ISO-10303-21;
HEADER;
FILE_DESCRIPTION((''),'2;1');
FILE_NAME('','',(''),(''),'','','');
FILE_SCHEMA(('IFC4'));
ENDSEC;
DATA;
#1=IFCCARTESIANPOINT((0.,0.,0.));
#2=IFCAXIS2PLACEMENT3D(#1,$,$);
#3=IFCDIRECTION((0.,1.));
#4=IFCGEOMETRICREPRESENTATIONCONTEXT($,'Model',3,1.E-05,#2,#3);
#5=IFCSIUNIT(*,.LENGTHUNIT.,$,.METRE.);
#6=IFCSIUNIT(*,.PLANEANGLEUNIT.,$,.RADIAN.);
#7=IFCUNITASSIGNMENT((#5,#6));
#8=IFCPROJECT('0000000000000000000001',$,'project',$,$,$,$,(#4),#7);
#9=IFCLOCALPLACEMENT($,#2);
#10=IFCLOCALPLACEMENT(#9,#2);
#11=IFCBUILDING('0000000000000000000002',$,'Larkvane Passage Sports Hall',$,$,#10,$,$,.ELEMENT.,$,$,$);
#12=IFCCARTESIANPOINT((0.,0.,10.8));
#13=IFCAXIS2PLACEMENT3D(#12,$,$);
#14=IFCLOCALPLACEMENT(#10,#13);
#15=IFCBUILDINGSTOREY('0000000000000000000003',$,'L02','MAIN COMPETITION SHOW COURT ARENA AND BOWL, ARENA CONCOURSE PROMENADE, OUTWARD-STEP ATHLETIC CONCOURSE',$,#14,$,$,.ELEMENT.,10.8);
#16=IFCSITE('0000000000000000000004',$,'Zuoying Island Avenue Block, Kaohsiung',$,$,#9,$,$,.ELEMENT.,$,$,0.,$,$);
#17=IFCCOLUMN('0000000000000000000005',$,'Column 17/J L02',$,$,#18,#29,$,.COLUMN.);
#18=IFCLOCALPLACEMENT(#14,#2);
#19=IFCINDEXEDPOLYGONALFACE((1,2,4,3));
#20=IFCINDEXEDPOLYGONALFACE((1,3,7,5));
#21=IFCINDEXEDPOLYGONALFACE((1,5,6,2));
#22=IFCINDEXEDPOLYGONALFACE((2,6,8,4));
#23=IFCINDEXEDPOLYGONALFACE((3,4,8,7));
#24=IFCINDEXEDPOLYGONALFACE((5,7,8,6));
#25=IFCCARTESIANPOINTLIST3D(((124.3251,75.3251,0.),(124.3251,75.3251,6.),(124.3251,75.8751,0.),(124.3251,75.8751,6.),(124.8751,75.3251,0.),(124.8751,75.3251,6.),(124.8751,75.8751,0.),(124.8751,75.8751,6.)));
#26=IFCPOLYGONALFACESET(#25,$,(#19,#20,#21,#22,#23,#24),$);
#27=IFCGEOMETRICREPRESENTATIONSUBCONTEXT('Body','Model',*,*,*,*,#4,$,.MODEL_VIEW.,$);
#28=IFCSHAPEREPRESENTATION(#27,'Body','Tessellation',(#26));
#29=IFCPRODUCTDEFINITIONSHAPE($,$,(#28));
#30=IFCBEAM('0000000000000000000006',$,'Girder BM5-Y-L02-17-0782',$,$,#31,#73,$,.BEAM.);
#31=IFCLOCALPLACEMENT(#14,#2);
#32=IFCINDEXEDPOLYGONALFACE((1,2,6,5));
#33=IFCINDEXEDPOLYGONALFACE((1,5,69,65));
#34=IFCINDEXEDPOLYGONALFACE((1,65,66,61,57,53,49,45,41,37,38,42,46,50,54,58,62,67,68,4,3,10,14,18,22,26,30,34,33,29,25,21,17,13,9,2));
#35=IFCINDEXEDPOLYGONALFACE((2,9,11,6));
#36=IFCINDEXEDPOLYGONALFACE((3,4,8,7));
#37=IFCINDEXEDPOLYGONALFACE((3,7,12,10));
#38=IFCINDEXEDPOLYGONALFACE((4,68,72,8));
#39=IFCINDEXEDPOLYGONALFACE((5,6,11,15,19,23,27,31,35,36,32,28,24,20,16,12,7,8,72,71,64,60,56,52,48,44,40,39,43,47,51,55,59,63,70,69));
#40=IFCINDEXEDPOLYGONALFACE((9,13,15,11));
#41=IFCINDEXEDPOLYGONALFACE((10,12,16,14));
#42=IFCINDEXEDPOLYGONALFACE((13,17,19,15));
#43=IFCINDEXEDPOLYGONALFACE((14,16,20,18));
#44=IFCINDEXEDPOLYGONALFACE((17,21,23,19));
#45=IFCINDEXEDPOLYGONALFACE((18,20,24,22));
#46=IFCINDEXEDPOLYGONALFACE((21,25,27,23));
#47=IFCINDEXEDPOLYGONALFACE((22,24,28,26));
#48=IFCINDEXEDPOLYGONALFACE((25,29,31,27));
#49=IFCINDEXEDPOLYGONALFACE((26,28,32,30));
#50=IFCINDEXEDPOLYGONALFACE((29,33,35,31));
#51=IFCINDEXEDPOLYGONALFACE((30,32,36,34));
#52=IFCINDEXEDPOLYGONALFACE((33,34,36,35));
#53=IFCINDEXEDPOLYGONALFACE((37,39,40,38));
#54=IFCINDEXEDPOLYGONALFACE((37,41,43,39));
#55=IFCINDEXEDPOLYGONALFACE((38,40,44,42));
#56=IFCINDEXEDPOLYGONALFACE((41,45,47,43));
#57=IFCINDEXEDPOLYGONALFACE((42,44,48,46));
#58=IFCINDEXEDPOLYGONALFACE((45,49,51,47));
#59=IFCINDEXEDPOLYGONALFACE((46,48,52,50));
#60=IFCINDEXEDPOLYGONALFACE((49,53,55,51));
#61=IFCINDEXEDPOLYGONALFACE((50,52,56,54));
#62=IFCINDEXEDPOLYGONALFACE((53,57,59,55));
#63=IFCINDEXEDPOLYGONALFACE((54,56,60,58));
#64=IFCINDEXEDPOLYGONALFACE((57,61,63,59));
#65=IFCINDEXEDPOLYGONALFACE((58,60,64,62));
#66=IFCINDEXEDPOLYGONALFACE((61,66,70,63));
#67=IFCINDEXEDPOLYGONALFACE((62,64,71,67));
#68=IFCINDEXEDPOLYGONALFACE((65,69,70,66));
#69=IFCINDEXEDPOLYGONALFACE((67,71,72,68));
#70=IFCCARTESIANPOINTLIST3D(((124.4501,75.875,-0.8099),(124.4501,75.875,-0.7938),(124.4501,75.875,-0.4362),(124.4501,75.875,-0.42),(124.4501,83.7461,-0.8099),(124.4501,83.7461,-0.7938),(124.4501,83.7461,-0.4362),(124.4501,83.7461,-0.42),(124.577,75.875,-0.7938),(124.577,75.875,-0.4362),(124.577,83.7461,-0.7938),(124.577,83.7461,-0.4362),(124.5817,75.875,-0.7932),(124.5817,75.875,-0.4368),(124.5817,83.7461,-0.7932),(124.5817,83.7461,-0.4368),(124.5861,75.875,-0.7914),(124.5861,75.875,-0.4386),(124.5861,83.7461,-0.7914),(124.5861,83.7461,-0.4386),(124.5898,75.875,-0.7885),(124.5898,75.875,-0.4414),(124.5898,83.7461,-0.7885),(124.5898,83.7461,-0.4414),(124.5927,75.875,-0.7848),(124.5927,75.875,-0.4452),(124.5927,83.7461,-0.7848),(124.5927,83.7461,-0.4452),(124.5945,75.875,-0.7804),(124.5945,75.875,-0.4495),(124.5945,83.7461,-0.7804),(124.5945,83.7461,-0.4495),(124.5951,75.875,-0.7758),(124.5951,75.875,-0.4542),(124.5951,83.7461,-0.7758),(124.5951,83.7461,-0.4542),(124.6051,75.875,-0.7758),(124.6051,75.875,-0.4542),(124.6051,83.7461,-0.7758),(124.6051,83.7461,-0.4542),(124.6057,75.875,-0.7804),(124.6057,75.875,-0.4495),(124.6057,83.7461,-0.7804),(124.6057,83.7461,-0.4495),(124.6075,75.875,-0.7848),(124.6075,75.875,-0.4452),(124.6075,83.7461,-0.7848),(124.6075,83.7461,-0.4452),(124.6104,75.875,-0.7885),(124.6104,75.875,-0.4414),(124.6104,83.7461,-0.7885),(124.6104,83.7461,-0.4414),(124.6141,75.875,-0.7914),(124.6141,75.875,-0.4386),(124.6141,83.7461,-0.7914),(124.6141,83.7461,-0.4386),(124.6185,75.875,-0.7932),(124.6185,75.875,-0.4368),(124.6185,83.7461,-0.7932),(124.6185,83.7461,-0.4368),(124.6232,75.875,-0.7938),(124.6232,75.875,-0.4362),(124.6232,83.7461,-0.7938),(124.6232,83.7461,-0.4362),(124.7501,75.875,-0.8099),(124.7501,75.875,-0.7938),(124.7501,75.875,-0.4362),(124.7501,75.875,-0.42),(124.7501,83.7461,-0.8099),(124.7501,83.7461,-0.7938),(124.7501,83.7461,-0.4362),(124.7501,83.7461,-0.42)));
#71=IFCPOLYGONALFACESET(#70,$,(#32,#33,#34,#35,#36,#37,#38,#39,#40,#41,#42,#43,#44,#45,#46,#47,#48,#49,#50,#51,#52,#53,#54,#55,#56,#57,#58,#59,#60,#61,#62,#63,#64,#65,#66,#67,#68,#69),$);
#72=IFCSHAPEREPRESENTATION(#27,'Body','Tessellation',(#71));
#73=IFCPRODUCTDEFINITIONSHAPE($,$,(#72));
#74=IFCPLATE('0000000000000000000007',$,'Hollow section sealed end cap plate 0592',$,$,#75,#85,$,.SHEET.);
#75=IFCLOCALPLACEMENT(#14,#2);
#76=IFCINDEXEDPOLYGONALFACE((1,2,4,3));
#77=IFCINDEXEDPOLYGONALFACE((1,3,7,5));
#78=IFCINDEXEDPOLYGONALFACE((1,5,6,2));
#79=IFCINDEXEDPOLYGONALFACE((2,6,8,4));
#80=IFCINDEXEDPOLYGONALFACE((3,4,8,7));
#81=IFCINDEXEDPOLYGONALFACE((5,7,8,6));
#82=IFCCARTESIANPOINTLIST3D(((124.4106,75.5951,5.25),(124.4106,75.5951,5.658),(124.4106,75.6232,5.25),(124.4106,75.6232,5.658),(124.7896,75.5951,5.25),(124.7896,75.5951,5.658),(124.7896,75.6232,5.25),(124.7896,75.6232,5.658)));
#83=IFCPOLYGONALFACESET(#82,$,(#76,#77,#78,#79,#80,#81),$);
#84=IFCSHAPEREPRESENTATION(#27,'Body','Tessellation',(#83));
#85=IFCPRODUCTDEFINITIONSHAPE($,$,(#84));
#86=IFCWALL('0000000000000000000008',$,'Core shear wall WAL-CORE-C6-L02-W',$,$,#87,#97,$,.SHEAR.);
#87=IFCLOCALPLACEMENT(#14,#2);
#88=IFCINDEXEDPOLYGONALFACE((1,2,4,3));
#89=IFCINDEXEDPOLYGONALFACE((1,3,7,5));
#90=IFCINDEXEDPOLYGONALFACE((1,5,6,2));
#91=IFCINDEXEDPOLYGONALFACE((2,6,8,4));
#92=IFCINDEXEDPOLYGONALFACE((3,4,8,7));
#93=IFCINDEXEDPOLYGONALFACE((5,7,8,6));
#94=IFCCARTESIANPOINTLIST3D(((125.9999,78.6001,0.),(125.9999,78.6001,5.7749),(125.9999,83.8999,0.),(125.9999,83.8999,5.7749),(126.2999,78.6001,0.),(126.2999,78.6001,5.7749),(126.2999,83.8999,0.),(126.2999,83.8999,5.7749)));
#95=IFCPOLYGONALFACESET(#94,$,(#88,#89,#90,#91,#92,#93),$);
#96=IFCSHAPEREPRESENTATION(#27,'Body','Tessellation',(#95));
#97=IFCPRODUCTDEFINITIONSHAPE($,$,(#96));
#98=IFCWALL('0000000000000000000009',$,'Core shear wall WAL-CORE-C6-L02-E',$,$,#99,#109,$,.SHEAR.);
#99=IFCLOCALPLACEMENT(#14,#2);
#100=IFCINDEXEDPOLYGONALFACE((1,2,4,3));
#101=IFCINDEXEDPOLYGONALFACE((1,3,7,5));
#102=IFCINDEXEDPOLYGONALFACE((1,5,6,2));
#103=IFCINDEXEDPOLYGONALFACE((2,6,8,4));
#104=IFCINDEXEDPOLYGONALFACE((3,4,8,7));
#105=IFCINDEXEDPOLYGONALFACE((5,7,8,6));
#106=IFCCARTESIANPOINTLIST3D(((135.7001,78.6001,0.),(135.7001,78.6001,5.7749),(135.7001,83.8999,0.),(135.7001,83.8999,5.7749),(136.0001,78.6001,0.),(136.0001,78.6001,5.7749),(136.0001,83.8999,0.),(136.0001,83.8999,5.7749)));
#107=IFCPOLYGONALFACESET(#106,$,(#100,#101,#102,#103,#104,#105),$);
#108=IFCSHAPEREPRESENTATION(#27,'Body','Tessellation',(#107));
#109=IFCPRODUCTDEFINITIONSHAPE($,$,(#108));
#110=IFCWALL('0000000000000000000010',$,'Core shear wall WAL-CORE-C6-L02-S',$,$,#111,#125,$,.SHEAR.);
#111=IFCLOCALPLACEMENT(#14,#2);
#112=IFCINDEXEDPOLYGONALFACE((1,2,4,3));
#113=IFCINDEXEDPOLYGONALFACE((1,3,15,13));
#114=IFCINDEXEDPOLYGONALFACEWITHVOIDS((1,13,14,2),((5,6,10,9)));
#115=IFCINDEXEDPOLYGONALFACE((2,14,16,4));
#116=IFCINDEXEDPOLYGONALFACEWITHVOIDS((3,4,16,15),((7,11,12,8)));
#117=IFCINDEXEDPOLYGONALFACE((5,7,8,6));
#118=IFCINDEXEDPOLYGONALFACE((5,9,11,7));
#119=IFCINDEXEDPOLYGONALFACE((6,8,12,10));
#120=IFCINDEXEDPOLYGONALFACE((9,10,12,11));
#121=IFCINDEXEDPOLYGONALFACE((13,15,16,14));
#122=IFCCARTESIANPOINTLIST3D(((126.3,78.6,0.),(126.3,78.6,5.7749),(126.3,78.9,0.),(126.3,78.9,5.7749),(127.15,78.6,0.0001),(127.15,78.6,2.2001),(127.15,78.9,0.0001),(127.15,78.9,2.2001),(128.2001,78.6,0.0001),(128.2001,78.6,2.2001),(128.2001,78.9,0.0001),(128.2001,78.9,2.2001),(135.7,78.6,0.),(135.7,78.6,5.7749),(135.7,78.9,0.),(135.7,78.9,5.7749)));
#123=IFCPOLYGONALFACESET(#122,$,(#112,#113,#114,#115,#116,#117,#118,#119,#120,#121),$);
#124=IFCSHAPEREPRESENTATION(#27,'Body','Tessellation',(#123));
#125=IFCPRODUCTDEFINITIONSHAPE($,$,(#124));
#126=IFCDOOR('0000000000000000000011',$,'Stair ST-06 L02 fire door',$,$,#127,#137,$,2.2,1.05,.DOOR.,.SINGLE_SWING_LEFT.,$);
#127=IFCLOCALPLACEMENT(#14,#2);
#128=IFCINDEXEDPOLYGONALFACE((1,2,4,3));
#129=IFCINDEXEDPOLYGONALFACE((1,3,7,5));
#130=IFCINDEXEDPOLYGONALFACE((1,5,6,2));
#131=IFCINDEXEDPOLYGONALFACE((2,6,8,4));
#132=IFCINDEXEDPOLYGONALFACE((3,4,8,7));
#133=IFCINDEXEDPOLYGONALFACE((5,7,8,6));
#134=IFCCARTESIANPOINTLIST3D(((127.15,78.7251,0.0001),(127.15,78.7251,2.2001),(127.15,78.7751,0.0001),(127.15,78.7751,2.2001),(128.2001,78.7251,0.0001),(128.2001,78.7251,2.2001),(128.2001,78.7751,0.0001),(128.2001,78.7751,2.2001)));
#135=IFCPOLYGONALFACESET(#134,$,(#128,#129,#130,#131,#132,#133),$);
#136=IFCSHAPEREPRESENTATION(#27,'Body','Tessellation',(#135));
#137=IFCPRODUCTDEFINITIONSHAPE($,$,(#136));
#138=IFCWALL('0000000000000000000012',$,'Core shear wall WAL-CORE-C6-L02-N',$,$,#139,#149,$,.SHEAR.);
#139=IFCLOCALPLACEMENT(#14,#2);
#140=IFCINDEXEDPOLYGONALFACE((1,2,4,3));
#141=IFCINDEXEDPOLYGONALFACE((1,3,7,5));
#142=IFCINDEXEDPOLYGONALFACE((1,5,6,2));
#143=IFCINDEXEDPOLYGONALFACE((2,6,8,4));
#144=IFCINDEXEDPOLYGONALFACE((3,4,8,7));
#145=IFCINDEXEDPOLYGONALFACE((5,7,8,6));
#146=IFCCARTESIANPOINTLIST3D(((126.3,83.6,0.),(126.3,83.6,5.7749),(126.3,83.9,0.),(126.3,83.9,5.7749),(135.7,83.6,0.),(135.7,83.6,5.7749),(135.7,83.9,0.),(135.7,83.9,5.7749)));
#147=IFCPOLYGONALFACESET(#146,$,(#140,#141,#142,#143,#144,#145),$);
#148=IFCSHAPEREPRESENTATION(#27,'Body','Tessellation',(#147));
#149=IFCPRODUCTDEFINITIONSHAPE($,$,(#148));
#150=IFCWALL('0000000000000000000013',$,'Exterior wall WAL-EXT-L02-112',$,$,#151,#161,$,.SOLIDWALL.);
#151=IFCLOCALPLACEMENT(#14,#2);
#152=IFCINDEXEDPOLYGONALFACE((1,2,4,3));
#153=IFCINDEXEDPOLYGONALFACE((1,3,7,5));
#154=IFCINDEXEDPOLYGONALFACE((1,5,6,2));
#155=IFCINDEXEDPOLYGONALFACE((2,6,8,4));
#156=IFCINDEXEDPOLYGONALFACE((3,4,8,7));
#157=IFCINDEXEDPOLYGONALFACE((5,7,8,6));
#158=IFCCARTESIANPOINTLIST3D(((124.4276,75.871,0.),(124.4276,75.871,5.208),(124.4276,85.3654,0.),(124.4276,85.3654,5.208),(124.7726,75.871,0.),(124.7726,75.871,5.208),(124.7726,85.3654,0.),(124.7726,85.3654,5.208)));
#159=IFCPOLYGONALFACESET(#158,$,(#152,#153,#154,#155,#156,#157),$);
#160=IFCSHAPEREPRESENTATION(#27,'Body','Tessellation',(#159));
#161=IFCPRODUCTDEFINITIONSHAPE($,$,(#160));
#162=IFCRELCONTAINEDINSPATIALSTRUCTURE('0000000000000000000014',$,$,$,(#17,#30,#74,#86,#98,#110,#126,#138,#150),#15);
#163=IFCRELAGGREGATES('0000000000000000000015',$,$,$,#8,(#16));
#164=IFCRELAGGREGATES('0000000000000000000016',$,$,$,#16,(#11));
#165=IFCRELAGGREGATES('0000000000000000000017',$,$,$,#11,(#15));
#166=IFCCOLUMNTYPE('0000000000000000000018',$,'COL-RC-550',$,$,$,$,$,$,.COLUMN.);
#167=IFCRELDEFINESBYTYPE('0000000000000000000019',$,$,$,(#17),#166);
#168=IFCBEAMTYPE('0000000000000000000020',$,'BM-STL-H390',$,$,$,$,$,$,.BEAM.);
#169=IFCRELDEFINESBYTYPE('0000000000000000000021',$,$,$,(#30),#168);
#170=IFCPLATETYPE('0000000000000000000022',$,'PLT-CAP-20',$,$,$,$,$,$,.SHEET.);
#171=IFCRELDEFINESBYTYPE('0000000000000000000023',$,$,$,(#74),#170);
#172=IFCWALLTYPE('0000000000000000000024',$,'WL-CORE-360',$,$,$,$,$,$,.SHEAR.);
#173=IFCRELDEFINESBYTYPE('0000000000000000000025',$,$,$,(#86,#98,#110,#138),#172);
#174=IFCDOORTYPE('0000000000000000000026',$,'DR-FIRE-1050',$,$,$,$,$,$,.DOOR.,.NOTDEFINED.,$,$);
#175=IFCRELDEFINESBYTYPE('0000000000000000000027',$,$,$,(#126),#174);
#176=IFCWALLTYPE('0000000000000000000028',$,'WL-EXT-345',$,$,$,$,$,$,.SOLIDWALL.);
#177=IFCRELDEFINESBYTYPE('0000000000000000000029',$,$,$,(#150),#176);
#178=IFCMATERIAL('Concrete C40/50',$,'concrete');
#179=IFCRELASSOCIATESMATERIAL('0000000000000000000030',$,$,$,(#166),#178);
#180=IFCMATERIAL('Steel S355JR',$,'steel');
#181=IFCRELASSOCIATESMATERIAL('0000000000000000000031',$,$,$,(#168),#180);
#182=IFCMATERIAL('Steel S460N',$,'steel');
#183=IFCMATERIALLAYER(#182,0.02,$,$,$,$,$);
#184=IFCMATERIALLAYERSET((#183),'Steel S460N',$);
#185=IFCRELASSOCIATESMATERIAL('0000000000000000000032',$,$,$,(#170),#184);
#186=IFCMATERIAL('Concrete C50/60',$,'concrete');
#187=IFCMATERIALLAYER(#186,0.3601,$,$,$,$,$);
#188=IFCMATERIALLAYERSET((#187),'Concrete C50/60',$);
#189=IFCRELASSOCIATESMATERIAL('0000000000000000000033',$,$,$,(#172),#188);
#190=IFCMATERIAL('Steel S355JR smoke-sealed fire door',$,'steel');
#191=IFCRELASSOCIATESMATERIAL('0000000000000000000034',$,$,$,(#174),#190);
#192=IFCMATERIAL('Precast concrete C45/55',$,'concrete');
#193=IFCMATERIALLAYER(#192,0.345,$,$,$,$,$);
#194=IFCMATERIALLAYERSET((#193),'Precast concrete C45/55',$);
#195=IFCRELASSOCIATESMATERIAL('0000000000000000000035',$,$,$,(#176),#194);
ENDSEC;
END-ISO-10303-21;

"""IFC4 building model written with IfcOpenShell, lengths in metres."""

from ifc_helpers import new_model, si_unit, direction, frame, frame_2d, origin, origin_2d, place, context, subcontext, project, spatial, rectangle, i_section, extrude, material, layer, layer_set, material_profile, profile_set, type_object, element, fill, save


model = new_model("IFC4")

# Units and contexts
model_context = context("Model", 3, precision=1e-05, world=origin(), true_north=direction((0.0, 1.0)))
body_context = subcontext(model_context, "Body", "Model", "MODEL_VIEW")
ifc_project = project(units=[si_unit("LENGTHUNIT", "METRE"), si_unit("PLANEANGLEUNIT", "RADIAN")], contexts=[model_context])

# Site, building, storey
site_placement = place(None, origin())
site = spatial("IfcSite", under=ifc_project, at=site_placement, Name="Zuoying Island Avenue Block, Kaohsiung", CompositionType="ELEMENT", RefElevation=0.0)
building_placement = place(site_placement, origin())
building = spatial("IfcBuilding", under=site, at=building_placement, Name="Larkvane Passage Sports Hall", CompositionType="ELEMENT")
storey_placement = place(building_placement, frame((0.0, 0.0, 10.8)))
storey = spatial("IfcBuildingStorey", under=building, at=storey_placement, Name="L02", Description="MAIN COMPETITION SHOW COURT ARENA AND BOWL, ARENA CONCOURSE PROMENADE, OUTWARD-STEP ATHLETIC CONCOURSE", CompositionType="ELEMENT", Elevation=10.8)

# Column
ifc_material_1 = material(Name="Concrete C40/50", Category="concrete")
ifc_material_profile_1 = material_profile(ifc_material_1, rectangle(XDim=0.55, YDim=0.55, at=origin_2d()), Name="RC-COL-550x550")
ifc_profile_set_1 = profile_set([ifc_material_profile_1], Name="Concrete C40/50")
column_type = type_object("IfcColumnType", Name="COL-RC-550", PredefinedType="COLUMN", material=ifc_profile_set_1)
column_placement = place(storey_placement, frame((124.6001, 75.6001, 0.0), z_axis=(0.0, 0.0, 1.0), x_axis=(1.0, 0.0, 0.0)))
element("IfcColumn", 1, at=column_placement, inside=storey, type_object=column_type, Name="Column 17/J L02", PredefinedType="COLUMN", context=body_context, shape_type="SweptSolid", body=[
    extrude(rectangle(XDim=0.55, YDim=0.55, at=origin_2d()), origin(), (0.0, 0.0, 1.0), 6.0),
])

# Beam
ifc_material_2 = material(Name="Steel S355JR", Category="steel")
ifc_material_profile_2 = material_profile(ifc_material_2, i_section(OverallWidth=0.3, OverallDepth=0.3899, WebThickness=0.01, FlangeThickness=0.0161, FilletRadius=0.0181, at=origin_2d()), Name="H-390x300x10x16")
ifc_profile_set_2 = profile_set([ifc_material_profile_2], Name="Steel S355JR")
beam_type = type_object("IfcBeamType", Name="BM-STL-H390", PredefinedType="BEAM", material=ifc_profile_set_2)
beam_placement = place(storey_placement, frame((124.6001, 75.875, -0.615), z_axis=(0.0, 1.0, 0.0), x_axis=(-1.0, 0.0, 0.0)))
element("IfcBeam", 2, at=beam_placement, inside=storey, type_object=beam_type, Name="Girder BM5-Y-L02-17-0782", PredefinedType="BEAM", context=body_context, shape_type="SweptSolid", body=[
    extrude(i_section(OverallWidth=0.3, OverallDepth=0.3899, WebThickness=0.01, FlangeThickness=0.0161, FilletRadius=0.0181, at=origin_2d()), origin(), (0.0, 0.0, 1.0), 7.8711),
])

# Plate
ifc_material_3 = material(Name="Steel S460N", Category="steel")
ifc_layer_1 = layer(ifc_material_3, 0.02)
ifc_layer_set_1 = layer_set([ifc_layer_1], Name="Steel S460N")
plate_type = type_object("IfcPlateType", Name="PLT-CAP-20", PredefinedType="SHEET", material=ifc_layer_set_1)
plate_placement = place(storey_placement, frame((124.6001, 75.6091, 5.25), z_axis=(0.0, 0.0, 1.0), x_axis=(-1.0, 0.0, 0.0)))
element("IfcPlate", 3, at=plate_placement, inside=storey, type_object=plate_type, Name="Hollow section sealed end cap plate 0592", PredefinedType="SHEET", context=body_context, shape_type="SweptSolid", body=[
    extrude(rectangle(XDim=0.3789, YDim=0.0281, at=origin_2d()), origin(), (0.0, 0.0, 1.0), 0.408),
])

# Walls
ifc_material_4 = material(Name="Concrete C50/60", Category="concrete")
ifc_layer_2 = layer(ifc_material_4, 0.3601)
ifc_layer_set_2 = layer_set([ifc_layer_2], Name="Concrete C50/60")
wall_type_1 = type_object("IfcWallType", Name="WL-CORE-360", PredefinedType="SHEAR", material=ifc_layer_set_2)
for number, where, z_axis, x_axis, name in (
    (4, (126.1499, 78.6001, 0.0), (0.0, 0.0, 1.0), (0.0, 1.0, 0.0), "Core shear wall WAL-CORE-C6-L02-W"),
    (5, (135.8501, 83.8999, 0.0), (0.0, 0.0, 1.0), (0.0, -1.0, 0.0), "Core shear wall WAL-CORE-C6-L02-E"),
):
    element("IfcWall", number, at=place(storey_placement, frame(where, z_axis=z_axis, x_axis=x_axis)), inside=storey, type_object=wall_type_1, Name=name, PredefinedType="SHEAR", context=body_context, shape_type="SweptSolid", body=[
        extrude(rectangle(XDim=5.2998, YDim=0.3, at=frame_2d((2.6499, 0.0))), origin(), (0.0, 0.0, 1.0), 5.7749),
    ])

# Wall, opening, door
wall_1_placement = place(storey_placement, frame((135.7, 78.75, 0.0), z_axis=(0.0, 0.0, 1.0), x_axis=(-1.0, 0.0, 0.0)))
wall_1 = element("IfcWall", 6, at=wall_1_placement, inside=storey, type_object=wall_type_1, Name="Core shear wall WAL-CORE-C6-L02-S", PredefinedType="SHEAR", context=body_context, shape_type="SweptSolid", body=[
    extrude(rectangle(XDim=9.3999, YDim=0.3, at=frame_2d((4.7, 0.0))), origin(), (0.0, 0.0, 1.0), 5.7749),
])
opening_1_placement = place(wall_1_placement, frame((7.5, 0.0, 0.0)))
opening_1 = element("IfcOpeningElement", 7, at=opening_1_placement, cuts=wall_1, PredefinedType="OPENING", context=body_context, shape_type="SweptSolid", body=[
    extrude(rectangle(XDim=1.05, YDim=2.2, at=frame_2d((0.5249, 1.1001))), frame((0.0, 0.1599, 0.0), z_axis=(0.0, -1.0, 0.0), x_axis=(1.0, 0.0, 0.0)), (0.0, 0.0, 1.0), 0.3201),
])
ifc_material_5 = material(Name="Steel S355JR smoke-sealed fire door", Category="steel")
door_type_1 = type_object("IfcDoorType", Name="DR-FIRE-1050", OperationType="NOTDEFINED", PredefinedType="DOOR", material=ifc_material_5)
door_1_placement = place(opening_1_placement, origin())
door_1 = element("IfcDoor", 8, at=door_1_placement, inside=storey, type_object=door_type_1, Name="Stair ST-06 L02 fire door", OperationType="SINGLE_SWING_LEFT", OverallHeight=2.2, OverallWidth=1.05, PredefinedType="DOOR", context=body_context, shape_type="SweptSolid", body=[
    extrude(rectangle(XDim=1.05, YDim=2.2, at=frame_2d((0.5249, 1.1001))), frame((0.0, 0.0249, 0.0), z_axis=(0.0, -1.0, 0.0), x_axis=(1.0, 0.0, 0.0)), (0.0, 0.0, 1.0), 0.05),
])
fill(opening_1, door_1)

# Walls
wall_2_placement = place(storey_placement, frame((126.3, 83.75, 0.0), z_axis=(0.0, 0.0, 1.0), x_axis=(1.0, 0.0, 0.0)))
element("IfcWall", 9, at=wall_2_placement, inside=storey, type_object=wall_type_1, Name="Core shear wall WAL-CORE-C6-L02-N", PredefinedType="SHEAR", context=body_context, shape_type="SweptSolid", body=[
    extrude(rectangle(XDim=9.3999, YDim=0.3, at=frame_2d((4.7, 0.0))), origin(), (0.0, 0.0, 1.0), 5.7749),
])
ifc_material_6 = material(Name="Precast concrete C45/55", Category="concrete")
ifc_layer_3 = layer(ifc_material_6, 0.345)
ifc_layer_set_3 = layer_set([ifc_layer_3], Name="Precast concrete C45/55")
wall_type_2 = type_object("IfcWallType", Name="WL-EXT-345", PredefinedType="SOLIDWALL", material=ifc_layer_set_3)
wall_3_placement = place(storey_placement, frame((124.6001, 75.8711, 0.0), z_axis=(0.0, 0.0, 1.0), x_axis=(0.0, 1.0, 0.0)))
element("IfcWall", 10, at=wall_3_placement, inside=storey, type_object=wall_type_2, Name="Exterior wall WAL-EXT-L02-112", PredefinedType="SOLIDWALL", context=body_context, shape_type="SweptSolid", body=[
    extrude(rectangle(XDim=9.4944, YDim=0.345, at=frame_2d((4.7471, 0.0))), origin(), (0.0, 0.0, 1.0), 5.208),
])

save(model, "model.ifc")
